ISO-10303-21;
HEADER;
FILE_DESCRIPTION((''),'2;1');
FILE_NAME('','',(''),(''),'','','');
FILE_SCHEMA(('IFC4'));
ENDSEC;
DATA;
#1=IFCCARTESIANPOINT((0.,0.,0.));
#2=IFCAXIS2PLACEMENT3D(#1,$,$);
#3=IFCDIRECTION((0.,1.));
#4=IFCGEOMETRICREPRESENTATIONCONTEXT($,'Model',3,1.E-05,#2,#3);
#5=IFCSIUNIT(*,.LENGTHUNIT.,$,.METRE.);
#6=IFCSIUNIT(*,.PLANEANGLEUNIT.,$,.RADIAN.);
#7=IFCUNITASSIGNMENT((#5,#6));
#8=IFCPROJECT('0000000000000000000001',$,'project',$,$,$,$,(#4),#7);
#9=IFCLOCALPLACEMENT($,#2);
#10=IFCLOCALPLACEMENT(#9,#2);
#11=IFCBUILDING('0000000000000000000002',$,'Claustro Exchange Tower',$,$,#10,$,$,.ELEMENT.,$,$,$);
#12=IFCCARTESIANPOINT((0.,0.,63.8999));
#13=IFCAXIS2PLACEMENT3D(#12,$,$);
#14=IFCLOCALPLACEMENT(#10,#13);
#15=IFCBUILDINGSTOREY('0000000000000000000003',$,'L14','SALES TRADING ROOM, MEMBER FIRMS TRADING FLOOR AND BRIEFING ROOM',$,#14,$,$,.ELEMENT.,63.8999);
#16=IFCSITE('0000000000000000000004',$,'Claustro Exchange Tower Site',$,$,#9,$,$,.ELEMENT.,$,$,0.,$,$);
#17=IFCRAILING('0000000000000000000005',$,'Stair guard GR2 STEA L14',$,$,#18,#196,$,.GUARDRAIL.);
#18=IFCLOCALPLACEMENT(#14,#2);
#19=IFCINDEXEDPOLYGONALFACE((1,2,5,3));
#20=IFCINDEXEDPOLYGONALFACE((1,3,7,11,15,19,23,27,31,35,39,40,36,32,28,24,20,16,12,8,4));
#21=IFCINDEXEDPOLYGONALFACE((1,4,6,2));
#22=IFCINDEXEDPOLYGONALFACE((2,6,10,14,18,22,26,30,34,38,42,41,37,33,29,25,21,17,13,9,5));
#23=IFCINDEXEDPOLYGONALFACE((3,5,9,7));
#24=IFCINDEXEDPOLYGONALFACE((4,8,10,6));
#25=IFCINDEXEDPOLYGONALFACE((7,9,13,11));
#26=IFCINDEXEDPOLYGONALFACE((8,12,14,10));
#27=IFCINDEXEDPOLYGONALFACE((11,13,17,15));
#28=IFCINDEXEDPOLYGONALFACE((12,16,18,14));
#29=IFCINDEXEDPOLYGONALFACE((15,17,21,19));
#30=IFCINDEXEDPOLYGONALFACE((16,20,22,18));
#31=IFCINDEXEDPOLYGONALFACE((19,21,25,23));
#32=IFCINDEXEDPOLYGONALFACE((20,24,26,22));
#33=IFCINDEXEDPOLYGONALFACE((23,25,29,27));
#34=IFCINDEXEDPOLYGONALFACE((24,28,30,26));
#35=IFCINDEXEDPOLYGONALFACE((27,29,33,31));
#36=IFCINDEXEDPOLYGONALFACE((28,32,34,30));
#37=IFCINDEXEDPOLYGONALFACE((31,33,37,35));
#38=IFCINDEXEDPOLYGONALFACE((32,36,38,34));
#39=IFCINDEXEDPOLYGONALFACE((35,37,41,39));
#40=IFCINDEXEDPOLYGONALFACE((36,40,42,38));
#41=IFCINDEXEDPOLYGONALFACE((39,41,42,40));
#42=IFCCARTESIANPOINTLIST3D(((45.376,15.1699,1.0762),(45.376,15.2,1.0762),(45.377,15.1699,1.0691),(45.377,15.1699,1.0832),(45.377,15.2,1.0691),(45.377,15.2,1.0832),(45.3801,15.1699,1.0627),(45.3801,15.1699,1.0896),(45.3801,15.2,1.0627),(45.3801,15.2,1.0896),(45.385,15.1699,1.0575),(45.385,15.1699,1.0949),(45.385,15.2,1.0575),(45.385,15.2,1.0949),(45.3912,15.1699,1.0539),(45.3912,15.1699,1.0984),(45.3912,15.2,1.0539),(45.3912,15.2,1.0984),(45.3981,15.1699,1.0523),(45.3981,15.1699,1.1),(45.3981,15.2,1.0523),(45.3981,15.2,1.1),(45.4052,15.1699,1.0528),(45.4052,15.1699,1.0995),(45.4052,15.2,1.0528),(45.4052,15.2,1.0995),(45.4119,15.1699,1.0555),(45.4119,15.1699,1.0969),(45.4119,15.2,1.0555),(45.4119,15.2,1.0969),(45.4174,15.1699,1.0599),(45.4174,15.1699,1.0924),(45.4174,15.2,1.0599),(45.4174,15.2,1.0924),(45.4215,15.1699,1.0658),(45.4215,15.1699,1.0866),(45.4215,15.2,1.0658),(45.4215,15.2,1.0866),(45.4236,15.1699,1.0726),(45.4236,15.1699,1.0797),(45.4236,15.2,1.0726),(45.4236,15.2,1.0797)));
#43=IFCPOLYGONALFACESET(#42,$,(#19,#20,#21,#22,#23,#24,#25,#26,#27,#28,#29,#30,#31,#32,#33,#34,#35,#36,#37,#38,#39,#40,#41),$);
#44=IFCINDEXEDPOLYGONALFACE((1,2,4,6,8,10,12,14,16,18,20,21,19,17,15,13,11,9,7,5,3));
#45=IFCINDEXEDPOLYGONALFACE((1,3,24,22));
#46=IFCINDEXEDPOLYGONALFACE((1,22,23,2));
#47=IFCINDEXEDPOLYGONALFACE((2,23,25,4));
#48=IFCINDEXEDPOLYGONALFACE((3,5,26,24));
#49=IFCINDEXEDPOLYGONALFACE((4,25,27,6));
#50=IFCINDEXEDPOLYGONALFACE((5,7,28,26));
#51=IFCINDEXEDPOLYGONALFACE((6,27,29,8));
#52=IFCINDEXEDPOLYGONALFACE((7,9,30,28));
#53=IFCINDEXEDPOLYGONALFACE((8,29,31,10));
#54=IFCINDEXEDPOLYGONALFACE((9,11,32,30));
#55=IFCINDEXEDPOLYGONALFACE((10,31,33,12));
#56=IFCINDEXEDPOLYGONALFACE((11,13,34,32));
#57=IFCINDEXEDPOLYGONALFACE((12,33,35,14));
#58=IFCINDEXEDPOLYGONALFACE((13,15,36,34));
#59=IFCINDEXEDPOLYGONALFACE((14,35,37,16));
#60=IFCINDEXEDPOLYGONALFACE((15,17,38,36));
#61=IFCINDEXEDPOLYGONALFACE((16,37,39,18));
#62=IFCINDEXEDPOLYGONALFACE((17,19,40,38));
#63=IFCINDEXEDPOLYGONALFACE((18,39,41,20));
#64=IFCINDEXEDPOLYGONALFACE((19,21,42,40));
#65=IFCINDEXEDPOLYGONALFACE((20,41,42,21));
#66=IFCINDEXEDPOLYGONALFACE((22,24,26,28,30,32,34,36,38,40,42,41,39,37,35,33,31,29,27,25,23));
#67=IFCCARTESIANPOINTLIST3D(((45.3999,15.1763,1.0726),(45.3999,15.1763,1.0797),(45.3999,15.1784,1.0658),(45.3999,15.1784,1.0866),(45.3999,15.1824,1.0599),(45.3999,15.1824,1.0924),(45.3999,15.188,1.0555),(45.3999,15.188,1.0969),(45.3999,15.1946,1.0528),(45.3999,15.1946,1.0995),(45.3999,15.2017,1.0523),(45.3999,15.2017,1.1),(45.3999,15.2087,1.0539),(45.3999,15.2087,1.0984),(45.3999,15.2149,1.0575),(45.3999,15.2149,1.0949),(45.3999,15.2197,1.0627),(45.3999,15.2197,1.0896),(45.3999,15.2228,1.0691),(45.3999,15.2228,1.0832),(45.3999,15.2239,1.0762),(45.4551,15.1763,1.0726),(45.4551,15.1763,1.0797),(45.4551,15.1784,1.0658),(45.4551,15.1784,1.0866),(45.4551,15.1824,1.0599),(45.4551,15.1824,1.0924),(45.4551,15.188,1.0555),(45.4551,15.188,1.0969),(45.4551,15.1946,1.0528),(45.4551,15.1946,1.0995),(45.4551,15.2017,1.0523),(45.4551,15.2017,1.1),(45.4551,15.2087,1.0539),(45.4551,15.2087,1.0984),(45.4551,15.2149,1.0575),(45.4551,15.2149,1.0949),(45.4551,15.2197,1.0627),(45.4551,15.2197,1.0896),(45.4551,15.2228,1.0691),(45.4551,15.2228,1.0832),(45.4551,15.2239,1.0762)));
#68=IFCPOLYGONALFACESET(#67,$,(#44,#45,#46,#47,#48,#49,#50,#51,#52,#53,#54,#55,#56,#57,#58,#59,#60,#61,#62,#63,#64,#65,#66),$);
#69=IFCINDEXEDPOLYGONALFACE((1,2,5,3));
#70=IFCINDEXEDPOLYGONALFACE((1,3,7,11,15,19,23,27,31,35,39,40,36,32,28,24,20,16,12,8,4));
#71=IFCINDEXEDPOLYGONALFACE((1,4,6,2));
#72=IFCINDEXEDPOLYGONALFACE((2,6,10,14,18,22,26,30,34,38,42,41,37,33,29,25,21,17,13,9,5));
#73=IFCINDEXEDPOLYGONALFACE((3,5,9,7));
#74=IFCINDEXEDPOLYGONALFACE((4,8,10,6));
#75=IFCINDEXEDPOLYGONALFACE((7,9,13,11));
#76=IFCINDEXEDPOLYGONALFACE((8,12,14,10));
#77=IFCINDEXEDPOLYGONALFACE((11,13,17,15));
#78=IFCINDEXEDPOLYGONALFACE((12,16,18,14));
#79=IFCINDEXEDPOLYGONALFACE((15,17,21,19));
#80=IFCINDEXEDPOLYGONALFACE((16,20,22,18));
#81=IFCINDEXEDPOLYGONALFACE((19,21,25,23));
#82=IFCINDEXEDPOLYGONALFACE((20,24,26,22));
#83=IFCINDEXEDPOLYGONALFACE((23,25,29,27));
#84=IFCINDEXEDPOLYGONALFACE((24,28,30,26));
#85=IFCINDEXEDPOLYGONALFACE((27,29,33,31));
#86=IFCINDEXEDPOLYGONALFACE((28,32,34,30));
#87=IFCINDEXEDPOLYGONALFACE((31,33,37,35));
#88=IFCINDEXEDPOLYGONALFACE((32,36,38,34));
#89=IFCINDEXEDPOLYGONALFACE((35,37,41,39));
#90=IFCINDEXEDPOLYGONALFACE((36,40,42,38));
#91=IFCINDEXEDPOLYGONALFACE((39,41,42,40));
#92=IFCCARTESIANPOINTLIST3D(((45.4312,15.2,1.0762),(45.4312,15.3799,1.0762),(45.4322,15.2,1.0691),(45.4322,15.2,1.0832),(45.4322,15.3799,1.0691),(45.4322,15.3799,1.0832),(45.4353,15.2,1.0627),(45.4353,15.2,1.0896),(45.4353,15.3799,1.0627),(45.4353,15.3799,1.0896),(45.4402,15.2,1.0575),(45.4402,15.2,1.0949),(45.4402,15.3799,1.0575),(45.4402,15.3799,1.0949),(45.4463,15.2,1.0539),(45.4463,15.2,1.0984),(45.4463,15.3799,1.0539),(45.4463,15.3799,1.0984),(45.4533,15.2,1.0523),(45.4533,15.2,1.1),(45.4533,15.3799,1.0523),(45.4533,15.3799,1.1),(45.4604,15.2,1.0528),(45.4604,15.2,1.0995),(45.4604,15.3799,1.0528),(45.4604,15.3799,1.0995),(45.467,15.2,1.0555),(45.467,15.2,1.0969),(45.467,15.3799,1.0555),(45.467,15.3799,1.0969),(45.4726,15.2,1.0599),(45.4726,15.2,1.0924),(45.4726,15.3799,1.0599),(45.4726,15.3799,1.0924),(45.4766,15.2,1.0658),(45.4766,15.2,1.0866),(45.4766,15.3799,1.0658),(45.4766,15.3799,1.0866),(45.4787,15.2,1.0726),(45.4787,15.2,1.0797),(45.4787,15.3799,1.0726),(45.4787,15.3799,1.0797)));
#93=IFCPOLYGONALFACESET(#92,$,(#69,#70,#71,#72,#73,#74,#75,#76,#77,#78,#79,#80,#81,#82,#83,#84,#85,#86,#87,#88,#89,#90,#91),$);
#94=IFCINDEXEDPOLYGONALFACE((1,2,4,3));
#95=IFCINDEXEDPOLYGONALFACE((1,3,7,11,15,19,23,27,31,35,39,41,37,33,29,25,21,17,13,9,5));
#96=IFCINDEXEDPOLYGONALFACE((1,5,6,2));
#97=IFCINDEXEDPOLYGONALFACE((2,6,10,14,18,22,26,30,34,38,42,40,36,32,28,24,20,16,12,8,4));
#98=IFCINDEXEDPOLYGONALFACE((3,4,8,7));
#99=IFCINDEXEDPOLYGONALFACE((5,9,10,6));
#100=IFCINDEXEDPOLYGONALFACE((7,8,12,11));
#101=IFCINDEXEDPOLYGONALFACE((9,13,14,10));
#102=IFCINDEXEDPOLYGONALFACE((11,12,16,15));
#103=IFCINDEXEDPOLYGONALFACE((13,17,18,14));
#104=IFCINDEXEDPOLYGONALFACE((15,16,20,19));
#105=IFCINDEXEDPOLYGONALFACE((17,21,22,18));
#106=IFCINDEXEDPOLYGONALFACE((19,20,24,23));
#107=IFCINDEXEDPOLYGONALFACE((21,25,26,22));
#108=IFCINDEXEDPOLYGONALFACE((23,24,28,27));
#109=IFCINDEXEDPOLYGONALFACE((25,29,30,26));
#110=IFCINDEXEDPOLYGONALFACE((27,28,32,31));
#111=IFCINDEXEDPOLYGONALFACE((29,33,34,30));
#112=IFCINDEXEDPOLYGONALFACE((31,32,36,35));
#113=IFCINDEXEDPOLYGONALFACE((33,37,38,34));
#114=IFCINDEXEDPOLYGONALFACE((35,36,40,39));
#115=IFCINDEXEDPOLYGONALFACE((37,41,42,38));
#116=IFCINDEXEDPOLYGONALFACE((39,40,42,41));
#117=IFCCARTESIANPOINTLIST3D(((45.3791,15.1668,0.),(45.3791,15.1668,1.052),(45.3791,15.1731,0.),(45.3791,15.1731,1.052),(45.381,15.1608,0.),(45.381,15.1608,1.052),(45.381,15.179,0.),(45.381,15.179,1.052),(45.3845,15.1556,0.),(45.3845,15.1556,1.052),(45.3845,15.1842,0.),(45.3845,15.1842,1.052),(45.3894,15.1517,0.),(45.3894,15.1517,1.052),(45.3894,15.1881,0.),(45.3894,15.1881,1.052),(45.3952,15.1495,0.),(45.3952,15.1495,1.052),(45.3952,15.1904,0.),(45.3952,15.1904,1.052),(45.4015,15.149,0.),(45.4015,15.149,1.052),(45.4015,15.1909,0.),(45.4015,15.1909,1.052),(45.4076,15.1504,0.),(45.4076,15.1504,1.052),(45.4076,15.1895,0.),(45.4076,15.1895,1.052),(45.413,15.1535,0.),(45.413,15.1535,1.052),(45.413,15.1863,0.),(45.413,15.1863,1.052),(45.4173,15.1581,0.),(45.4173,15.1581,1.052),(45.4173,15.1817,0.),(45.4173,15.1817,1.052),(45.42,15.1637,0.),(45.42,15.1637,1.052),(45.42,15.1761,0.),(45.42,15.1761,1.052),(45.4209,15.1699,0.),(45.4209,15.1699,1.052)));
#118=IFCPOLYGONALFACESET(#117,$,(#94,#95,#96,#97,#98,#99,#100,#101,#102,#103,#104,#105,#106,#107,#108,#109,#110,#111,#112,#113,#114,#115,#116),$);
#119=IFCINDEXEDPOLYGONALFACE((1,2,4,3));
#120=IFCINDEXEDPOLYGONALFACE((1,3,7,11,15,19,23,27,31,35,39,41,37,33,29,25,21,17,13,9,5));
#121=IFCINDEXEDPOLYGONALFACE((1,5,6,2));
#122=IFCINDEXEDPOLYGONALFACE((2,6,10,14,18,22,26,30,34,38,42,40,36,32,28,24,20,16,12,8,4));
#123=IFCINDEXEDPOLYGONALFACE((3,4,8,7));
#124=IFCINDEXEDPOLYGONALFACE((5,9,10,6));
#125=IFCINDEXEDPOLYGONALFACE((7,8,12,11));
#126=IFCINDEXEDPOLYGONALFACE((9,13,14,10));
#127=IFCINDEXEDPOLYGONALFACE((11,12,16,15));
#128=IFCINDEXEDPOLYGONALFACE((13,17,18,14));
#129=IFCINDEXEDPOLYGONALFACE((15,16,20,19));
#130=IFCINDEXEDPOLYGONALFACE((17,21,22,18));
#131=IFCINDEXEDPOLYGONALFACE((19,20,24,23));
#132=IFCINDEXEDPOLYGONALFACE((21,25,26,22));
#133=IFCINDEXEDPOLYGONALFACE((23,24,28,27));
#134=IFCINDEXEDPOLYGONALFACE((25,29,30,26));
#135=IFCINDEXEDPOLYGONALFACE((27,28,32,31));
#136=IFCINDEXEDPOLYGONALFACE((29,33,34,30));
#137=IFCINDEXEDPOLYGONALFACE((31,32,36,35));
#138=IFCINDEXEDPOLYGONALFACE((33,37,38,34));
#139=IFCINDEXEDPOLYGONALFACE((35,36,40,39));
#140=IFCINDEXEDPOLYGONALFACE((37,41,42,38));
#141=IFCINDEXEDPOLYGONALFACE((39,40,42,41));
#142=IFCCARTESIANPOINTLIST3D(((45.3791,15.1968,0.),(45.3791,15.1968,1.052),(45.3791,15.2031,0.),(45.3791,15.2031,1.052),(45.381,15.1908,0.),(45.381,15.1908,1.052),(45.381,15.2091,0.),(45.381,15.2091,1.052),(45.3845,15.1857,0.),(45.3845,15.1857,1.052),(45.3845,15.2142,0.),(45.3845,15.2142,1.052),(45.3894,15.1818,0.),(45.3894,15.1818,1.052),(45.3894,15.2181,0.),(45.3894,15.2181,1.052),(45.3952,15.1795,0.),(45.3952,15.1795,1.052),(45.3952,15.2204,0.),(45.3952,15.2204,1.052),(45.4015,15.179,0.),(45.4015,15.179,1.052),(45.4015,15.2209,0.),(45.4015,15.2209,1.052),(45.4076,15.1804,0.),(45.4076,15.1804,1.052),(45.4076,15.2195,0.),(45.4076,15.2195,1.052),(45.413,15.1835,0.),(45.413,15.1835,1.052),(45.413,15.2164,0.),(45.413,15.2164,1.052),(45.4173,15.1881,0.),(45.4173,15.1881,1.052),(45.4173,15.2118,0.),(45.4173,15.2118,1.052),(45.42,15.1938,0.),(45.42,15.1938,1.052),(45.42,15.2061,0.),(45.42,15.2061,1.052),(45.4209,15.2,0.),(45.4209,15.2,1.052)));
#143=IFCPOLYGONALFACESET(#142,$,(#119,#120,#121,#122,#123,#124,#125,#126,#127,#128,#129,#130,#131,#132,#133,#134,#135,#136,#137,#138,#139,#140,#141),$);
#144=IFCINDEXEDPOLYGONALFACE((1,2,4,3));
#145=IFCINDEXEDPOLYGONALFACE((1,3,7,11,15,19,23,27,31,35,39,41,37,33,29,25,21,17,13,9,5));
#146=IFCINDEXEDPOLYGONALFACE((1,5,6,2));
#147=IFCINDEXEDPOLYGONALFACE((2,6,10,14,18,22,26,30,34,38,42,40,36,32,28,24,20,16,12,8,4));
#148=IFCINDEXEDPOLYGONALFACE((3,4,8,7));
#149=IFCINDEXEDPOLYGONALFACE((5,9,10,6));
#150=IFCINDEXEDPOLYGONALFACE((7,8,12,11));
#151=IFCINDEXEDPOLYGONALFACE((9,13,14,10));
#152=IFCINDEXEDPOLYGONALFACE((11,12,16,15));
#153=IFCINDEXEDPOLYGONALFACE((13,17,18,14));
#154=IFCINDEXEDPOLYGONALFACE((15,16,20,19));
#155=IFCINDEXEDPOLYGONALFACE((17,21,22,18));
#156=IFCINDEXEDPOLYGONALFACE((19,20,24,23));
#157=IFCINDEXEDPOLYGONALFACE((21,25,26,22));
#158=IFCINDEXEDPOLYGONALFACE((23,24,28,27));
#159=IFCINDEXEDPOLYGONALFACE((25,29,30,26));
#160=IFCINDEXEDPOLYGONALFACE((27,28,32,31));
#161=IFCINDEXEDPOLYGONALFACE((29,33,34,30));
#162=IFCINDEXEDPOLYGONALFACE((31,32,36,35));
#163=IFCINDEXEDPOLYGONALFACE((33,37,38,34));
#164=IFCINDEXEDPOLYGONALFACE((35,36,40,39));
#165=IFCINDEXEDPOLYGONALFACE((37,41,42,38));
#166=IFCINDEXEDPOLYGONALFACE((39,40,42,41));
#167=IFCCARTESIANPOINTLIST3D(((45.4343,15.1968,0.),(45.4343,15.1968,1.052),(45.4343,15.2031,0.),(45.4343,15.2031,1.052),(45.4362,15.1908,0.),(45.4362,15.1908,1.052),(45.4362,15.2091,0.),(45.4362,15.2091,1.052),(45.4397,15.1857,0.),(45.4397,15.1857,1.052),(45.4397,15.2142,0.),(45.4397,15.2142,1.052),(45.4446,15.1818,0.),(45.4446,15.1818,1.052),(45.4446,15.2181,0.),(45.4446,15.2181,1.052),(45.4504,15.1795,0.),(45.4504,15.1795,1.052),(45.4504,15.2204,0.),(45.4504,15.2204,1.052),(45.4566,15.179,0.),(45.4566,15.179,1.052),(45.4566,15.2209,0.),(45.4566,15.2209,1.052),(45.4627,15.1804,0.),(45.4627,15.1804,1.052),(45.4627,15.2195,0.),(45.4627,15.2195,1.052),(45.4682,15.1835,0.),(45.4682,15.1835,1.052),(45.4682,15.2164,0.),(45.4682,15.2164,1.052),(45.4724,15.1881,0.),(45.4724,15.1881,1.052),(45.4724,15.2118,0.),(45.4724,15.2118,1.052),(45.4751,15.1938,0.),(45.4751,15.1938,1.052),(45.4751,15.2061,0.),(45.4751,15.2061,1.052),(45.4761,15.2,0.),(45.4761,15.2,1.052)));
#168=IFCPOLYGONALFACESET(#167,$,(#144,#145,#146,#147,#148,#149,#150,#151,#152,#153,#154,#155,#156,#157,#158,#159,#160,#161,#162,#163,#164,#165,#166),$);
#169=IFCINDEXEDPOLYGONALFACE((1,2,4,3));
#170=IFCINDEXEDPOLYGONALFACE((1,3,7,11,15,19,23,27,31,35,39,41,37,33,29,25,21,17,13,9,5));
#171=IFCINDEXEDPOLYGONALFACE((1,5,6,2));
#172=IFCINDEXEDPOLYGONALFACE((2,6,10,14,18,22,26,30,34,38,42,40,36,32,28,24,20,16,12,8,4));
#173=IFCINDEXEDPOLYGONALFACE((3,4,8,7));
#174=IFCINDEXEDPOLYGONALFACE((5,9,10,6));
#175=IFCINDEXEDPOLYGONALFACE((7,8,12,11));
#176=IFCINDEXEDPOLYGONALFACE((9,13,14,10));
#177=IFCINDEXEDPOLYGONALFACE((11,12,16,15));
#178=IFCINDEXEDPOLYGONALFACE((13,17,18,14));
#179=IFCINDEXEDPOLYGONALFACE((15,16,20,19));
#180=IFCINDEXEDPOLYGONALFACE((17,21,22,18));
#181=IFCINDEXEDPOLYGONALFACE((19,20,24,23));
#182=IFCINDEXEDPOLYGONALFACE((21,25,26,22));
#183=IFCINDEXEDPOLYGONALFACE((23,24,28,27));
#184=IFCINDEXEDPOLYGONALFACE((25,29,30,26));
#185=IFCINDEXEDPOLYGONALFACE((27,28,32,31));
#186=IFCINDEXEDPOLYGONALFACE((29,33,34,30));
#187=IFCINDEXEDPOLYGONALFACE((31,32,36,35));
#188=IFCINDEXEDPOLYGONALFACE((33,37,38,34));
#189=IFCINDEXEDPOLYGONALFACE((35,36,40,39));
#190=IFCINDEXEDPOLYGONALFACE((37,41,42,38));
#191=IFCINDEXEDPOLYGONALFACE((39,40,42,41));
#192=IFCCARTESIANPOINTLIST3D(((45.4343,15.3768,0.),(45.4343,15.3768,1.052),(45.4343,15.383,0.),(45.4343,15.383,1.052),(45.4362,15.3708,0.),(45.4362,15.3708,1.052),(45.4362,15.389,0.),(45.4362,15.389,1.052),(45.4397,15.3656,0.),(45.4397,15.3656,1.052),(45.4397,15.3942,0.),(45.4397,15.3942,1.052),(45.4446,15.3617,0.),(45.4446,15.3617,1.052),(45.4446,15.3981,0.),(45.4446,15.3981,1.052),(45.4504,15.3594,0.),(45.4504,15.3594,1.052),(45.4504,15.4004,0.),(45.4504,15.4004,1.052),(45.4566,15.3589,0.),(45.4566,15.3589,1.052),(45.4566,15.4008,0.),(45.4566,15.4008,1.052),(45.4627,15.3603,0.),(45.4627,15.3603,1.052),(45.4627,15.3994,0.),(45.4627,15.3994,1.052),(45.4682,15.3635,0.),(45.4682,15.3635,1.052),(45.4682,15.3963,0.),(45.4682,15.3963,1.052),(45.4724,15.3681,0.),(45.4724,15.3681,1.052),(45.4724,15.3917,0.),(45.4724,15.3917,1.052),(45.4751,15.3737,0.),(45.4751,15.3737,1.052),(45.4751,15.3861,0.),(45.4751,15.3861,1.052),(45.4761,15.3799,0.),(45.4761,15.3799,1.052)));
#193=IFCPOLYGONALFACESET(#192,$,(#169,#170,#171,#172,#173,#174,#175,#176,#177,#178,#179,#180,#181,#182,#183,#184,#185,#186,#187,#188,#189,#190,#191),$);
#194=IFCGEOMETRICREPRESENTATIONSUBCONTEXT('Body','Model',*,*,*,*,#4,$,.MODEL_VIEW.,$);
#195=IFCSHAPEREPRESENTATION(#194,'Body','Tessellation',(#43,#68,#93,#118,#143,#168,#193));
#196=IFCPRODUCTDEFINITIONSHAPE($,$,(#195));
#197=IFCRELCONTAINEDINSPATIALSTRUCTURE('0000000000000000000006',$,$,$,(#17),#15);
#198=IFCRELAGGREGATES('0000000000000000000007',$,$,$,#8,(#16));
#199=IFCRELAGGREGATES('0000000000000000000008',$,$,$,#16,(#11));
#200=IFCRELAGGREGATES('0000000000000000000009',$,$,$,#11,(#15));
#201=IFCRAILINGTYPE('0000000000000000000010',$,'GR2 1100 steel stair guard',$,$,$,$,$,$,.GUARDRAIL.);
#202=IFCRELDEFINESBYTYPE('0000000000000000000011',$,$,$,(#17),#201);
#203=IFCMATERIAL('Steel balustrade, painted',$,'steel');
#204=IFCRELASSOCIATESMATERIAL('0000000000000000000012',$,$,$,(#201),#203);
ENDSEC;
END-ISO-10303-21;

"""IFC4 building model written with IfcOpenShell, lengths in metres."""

from ifc_helpers import new_model, si_unit, direction, frame, origin, origin_2d, place, context, subcontext, project, spatial, circle, extrude, material, type_object, element, save


model = new_model("IFC4")

# Units and contexts
model_context = context("Model", 3, precision=1e-05, world=origin(), true_north=direction((0.0, 1.0)))
body_context = subcontext(model_context, "Body", "Model", "MODEL_VIEW")
ifc_project = project(units=[si_unit("LENGTHUNIT", "METRE"), si_unit("PLANEANGLEUNIT", "RADIAN")], contexts=[model_context])

# Site, building, storey
site_placement = place(None, origin())
site = spatial("IfcSite", under=ifc_project, at=site_placement, Name="Claustro Exchange Tower Site", CompositionType="ELEMENT", RefElevation=0.0)
building_placement = place(site_placement, origin())
building = spatial("IfcBuilding", under=site, at=building_placement, Name="Claustro Exchange Tower", CompositionType="ELEMENT")
storey_placement = place(building_placement, frame((0.0, 0.0, 63.8999)))
storey = spatial("IfcBuildingStorey", under=building, at=storey_placement, Name="L14", Description="SALES TRADING ROOM, MEMBER FIRMS TRADING FLOOR AND BRIEFING ROOM", CompositionType="ELEMENT", Elevation=63.8999)

# Railing
ifc_material_1 = material(Name="Steel balustrade, painted", Category="steel")
railing_type_1 = type_object("IfcRailingType", Name="GR2 1100 steel stair guard", PredefinedType="GUARDRAIL", material=ifc_material_1)
railing_1_placement = place(storey_placement, frame((45.3999, 15.1699, 0.0)))
element("IfcRailing", 1, at=railing_1_placement, inside=storey, type_object=railing_type_1, Name="Stair guard GR2 STEA L14", PredefinedType="GUARDRAIL", context=body_context, shape_type="SweptSolid", body=[
    extrude(circle(Radius=0.0239, at=origin_2d()), frame((0.0, 0.0, 1.0762), z_axis=(0.0, 1.0, 0.0), x_axis=(-1.0, 0.0, 0.0)), (0.0, 0.0, 1.0), 0.03),
    extrude(circle(Radius=0.0239, at=origin_2d()), frame((0.0, 0.03, 1.0762), z_axis=(1.0, 0.0, 0.0), x_axis=(0.0, 1.0, 0.0)), (0.0, 0.0, 1.0), 0.0552),
    extrude(circle(Radius=0.0239, at=origin_2d()), frame((0.0552, 0.03, 1.0762), z_axis=(0.0, 1.0, 0.0), x_axis=(-1.0, 0.0, 0.0)), (0.0, 0.0, 1.0), 0.1799),
    extrude(circle(Radius=0.021, at=origin_2d()), origin(), (0.0, 0.0, 1.0), 1.052),
    extrude(circle(Radius=0.021, at=origin_2d()), frame((0.0, 0.03, 0.0)), (0.0, 0.0, 1.0), 1.052),
    extrude(circle(Radius=0.021, at=origin_2d()), frame((0.0552, 0.03, 0.0)), (0.0, 0.0, 1.0), 1.052),
    extrude(circle(Radius=0.021, at=origin_2d()), frame((0.0552, 0.21, 0.0)), (0.0, 0.0, 1.0), 1.052),
])

save(model, "model.ifc")
